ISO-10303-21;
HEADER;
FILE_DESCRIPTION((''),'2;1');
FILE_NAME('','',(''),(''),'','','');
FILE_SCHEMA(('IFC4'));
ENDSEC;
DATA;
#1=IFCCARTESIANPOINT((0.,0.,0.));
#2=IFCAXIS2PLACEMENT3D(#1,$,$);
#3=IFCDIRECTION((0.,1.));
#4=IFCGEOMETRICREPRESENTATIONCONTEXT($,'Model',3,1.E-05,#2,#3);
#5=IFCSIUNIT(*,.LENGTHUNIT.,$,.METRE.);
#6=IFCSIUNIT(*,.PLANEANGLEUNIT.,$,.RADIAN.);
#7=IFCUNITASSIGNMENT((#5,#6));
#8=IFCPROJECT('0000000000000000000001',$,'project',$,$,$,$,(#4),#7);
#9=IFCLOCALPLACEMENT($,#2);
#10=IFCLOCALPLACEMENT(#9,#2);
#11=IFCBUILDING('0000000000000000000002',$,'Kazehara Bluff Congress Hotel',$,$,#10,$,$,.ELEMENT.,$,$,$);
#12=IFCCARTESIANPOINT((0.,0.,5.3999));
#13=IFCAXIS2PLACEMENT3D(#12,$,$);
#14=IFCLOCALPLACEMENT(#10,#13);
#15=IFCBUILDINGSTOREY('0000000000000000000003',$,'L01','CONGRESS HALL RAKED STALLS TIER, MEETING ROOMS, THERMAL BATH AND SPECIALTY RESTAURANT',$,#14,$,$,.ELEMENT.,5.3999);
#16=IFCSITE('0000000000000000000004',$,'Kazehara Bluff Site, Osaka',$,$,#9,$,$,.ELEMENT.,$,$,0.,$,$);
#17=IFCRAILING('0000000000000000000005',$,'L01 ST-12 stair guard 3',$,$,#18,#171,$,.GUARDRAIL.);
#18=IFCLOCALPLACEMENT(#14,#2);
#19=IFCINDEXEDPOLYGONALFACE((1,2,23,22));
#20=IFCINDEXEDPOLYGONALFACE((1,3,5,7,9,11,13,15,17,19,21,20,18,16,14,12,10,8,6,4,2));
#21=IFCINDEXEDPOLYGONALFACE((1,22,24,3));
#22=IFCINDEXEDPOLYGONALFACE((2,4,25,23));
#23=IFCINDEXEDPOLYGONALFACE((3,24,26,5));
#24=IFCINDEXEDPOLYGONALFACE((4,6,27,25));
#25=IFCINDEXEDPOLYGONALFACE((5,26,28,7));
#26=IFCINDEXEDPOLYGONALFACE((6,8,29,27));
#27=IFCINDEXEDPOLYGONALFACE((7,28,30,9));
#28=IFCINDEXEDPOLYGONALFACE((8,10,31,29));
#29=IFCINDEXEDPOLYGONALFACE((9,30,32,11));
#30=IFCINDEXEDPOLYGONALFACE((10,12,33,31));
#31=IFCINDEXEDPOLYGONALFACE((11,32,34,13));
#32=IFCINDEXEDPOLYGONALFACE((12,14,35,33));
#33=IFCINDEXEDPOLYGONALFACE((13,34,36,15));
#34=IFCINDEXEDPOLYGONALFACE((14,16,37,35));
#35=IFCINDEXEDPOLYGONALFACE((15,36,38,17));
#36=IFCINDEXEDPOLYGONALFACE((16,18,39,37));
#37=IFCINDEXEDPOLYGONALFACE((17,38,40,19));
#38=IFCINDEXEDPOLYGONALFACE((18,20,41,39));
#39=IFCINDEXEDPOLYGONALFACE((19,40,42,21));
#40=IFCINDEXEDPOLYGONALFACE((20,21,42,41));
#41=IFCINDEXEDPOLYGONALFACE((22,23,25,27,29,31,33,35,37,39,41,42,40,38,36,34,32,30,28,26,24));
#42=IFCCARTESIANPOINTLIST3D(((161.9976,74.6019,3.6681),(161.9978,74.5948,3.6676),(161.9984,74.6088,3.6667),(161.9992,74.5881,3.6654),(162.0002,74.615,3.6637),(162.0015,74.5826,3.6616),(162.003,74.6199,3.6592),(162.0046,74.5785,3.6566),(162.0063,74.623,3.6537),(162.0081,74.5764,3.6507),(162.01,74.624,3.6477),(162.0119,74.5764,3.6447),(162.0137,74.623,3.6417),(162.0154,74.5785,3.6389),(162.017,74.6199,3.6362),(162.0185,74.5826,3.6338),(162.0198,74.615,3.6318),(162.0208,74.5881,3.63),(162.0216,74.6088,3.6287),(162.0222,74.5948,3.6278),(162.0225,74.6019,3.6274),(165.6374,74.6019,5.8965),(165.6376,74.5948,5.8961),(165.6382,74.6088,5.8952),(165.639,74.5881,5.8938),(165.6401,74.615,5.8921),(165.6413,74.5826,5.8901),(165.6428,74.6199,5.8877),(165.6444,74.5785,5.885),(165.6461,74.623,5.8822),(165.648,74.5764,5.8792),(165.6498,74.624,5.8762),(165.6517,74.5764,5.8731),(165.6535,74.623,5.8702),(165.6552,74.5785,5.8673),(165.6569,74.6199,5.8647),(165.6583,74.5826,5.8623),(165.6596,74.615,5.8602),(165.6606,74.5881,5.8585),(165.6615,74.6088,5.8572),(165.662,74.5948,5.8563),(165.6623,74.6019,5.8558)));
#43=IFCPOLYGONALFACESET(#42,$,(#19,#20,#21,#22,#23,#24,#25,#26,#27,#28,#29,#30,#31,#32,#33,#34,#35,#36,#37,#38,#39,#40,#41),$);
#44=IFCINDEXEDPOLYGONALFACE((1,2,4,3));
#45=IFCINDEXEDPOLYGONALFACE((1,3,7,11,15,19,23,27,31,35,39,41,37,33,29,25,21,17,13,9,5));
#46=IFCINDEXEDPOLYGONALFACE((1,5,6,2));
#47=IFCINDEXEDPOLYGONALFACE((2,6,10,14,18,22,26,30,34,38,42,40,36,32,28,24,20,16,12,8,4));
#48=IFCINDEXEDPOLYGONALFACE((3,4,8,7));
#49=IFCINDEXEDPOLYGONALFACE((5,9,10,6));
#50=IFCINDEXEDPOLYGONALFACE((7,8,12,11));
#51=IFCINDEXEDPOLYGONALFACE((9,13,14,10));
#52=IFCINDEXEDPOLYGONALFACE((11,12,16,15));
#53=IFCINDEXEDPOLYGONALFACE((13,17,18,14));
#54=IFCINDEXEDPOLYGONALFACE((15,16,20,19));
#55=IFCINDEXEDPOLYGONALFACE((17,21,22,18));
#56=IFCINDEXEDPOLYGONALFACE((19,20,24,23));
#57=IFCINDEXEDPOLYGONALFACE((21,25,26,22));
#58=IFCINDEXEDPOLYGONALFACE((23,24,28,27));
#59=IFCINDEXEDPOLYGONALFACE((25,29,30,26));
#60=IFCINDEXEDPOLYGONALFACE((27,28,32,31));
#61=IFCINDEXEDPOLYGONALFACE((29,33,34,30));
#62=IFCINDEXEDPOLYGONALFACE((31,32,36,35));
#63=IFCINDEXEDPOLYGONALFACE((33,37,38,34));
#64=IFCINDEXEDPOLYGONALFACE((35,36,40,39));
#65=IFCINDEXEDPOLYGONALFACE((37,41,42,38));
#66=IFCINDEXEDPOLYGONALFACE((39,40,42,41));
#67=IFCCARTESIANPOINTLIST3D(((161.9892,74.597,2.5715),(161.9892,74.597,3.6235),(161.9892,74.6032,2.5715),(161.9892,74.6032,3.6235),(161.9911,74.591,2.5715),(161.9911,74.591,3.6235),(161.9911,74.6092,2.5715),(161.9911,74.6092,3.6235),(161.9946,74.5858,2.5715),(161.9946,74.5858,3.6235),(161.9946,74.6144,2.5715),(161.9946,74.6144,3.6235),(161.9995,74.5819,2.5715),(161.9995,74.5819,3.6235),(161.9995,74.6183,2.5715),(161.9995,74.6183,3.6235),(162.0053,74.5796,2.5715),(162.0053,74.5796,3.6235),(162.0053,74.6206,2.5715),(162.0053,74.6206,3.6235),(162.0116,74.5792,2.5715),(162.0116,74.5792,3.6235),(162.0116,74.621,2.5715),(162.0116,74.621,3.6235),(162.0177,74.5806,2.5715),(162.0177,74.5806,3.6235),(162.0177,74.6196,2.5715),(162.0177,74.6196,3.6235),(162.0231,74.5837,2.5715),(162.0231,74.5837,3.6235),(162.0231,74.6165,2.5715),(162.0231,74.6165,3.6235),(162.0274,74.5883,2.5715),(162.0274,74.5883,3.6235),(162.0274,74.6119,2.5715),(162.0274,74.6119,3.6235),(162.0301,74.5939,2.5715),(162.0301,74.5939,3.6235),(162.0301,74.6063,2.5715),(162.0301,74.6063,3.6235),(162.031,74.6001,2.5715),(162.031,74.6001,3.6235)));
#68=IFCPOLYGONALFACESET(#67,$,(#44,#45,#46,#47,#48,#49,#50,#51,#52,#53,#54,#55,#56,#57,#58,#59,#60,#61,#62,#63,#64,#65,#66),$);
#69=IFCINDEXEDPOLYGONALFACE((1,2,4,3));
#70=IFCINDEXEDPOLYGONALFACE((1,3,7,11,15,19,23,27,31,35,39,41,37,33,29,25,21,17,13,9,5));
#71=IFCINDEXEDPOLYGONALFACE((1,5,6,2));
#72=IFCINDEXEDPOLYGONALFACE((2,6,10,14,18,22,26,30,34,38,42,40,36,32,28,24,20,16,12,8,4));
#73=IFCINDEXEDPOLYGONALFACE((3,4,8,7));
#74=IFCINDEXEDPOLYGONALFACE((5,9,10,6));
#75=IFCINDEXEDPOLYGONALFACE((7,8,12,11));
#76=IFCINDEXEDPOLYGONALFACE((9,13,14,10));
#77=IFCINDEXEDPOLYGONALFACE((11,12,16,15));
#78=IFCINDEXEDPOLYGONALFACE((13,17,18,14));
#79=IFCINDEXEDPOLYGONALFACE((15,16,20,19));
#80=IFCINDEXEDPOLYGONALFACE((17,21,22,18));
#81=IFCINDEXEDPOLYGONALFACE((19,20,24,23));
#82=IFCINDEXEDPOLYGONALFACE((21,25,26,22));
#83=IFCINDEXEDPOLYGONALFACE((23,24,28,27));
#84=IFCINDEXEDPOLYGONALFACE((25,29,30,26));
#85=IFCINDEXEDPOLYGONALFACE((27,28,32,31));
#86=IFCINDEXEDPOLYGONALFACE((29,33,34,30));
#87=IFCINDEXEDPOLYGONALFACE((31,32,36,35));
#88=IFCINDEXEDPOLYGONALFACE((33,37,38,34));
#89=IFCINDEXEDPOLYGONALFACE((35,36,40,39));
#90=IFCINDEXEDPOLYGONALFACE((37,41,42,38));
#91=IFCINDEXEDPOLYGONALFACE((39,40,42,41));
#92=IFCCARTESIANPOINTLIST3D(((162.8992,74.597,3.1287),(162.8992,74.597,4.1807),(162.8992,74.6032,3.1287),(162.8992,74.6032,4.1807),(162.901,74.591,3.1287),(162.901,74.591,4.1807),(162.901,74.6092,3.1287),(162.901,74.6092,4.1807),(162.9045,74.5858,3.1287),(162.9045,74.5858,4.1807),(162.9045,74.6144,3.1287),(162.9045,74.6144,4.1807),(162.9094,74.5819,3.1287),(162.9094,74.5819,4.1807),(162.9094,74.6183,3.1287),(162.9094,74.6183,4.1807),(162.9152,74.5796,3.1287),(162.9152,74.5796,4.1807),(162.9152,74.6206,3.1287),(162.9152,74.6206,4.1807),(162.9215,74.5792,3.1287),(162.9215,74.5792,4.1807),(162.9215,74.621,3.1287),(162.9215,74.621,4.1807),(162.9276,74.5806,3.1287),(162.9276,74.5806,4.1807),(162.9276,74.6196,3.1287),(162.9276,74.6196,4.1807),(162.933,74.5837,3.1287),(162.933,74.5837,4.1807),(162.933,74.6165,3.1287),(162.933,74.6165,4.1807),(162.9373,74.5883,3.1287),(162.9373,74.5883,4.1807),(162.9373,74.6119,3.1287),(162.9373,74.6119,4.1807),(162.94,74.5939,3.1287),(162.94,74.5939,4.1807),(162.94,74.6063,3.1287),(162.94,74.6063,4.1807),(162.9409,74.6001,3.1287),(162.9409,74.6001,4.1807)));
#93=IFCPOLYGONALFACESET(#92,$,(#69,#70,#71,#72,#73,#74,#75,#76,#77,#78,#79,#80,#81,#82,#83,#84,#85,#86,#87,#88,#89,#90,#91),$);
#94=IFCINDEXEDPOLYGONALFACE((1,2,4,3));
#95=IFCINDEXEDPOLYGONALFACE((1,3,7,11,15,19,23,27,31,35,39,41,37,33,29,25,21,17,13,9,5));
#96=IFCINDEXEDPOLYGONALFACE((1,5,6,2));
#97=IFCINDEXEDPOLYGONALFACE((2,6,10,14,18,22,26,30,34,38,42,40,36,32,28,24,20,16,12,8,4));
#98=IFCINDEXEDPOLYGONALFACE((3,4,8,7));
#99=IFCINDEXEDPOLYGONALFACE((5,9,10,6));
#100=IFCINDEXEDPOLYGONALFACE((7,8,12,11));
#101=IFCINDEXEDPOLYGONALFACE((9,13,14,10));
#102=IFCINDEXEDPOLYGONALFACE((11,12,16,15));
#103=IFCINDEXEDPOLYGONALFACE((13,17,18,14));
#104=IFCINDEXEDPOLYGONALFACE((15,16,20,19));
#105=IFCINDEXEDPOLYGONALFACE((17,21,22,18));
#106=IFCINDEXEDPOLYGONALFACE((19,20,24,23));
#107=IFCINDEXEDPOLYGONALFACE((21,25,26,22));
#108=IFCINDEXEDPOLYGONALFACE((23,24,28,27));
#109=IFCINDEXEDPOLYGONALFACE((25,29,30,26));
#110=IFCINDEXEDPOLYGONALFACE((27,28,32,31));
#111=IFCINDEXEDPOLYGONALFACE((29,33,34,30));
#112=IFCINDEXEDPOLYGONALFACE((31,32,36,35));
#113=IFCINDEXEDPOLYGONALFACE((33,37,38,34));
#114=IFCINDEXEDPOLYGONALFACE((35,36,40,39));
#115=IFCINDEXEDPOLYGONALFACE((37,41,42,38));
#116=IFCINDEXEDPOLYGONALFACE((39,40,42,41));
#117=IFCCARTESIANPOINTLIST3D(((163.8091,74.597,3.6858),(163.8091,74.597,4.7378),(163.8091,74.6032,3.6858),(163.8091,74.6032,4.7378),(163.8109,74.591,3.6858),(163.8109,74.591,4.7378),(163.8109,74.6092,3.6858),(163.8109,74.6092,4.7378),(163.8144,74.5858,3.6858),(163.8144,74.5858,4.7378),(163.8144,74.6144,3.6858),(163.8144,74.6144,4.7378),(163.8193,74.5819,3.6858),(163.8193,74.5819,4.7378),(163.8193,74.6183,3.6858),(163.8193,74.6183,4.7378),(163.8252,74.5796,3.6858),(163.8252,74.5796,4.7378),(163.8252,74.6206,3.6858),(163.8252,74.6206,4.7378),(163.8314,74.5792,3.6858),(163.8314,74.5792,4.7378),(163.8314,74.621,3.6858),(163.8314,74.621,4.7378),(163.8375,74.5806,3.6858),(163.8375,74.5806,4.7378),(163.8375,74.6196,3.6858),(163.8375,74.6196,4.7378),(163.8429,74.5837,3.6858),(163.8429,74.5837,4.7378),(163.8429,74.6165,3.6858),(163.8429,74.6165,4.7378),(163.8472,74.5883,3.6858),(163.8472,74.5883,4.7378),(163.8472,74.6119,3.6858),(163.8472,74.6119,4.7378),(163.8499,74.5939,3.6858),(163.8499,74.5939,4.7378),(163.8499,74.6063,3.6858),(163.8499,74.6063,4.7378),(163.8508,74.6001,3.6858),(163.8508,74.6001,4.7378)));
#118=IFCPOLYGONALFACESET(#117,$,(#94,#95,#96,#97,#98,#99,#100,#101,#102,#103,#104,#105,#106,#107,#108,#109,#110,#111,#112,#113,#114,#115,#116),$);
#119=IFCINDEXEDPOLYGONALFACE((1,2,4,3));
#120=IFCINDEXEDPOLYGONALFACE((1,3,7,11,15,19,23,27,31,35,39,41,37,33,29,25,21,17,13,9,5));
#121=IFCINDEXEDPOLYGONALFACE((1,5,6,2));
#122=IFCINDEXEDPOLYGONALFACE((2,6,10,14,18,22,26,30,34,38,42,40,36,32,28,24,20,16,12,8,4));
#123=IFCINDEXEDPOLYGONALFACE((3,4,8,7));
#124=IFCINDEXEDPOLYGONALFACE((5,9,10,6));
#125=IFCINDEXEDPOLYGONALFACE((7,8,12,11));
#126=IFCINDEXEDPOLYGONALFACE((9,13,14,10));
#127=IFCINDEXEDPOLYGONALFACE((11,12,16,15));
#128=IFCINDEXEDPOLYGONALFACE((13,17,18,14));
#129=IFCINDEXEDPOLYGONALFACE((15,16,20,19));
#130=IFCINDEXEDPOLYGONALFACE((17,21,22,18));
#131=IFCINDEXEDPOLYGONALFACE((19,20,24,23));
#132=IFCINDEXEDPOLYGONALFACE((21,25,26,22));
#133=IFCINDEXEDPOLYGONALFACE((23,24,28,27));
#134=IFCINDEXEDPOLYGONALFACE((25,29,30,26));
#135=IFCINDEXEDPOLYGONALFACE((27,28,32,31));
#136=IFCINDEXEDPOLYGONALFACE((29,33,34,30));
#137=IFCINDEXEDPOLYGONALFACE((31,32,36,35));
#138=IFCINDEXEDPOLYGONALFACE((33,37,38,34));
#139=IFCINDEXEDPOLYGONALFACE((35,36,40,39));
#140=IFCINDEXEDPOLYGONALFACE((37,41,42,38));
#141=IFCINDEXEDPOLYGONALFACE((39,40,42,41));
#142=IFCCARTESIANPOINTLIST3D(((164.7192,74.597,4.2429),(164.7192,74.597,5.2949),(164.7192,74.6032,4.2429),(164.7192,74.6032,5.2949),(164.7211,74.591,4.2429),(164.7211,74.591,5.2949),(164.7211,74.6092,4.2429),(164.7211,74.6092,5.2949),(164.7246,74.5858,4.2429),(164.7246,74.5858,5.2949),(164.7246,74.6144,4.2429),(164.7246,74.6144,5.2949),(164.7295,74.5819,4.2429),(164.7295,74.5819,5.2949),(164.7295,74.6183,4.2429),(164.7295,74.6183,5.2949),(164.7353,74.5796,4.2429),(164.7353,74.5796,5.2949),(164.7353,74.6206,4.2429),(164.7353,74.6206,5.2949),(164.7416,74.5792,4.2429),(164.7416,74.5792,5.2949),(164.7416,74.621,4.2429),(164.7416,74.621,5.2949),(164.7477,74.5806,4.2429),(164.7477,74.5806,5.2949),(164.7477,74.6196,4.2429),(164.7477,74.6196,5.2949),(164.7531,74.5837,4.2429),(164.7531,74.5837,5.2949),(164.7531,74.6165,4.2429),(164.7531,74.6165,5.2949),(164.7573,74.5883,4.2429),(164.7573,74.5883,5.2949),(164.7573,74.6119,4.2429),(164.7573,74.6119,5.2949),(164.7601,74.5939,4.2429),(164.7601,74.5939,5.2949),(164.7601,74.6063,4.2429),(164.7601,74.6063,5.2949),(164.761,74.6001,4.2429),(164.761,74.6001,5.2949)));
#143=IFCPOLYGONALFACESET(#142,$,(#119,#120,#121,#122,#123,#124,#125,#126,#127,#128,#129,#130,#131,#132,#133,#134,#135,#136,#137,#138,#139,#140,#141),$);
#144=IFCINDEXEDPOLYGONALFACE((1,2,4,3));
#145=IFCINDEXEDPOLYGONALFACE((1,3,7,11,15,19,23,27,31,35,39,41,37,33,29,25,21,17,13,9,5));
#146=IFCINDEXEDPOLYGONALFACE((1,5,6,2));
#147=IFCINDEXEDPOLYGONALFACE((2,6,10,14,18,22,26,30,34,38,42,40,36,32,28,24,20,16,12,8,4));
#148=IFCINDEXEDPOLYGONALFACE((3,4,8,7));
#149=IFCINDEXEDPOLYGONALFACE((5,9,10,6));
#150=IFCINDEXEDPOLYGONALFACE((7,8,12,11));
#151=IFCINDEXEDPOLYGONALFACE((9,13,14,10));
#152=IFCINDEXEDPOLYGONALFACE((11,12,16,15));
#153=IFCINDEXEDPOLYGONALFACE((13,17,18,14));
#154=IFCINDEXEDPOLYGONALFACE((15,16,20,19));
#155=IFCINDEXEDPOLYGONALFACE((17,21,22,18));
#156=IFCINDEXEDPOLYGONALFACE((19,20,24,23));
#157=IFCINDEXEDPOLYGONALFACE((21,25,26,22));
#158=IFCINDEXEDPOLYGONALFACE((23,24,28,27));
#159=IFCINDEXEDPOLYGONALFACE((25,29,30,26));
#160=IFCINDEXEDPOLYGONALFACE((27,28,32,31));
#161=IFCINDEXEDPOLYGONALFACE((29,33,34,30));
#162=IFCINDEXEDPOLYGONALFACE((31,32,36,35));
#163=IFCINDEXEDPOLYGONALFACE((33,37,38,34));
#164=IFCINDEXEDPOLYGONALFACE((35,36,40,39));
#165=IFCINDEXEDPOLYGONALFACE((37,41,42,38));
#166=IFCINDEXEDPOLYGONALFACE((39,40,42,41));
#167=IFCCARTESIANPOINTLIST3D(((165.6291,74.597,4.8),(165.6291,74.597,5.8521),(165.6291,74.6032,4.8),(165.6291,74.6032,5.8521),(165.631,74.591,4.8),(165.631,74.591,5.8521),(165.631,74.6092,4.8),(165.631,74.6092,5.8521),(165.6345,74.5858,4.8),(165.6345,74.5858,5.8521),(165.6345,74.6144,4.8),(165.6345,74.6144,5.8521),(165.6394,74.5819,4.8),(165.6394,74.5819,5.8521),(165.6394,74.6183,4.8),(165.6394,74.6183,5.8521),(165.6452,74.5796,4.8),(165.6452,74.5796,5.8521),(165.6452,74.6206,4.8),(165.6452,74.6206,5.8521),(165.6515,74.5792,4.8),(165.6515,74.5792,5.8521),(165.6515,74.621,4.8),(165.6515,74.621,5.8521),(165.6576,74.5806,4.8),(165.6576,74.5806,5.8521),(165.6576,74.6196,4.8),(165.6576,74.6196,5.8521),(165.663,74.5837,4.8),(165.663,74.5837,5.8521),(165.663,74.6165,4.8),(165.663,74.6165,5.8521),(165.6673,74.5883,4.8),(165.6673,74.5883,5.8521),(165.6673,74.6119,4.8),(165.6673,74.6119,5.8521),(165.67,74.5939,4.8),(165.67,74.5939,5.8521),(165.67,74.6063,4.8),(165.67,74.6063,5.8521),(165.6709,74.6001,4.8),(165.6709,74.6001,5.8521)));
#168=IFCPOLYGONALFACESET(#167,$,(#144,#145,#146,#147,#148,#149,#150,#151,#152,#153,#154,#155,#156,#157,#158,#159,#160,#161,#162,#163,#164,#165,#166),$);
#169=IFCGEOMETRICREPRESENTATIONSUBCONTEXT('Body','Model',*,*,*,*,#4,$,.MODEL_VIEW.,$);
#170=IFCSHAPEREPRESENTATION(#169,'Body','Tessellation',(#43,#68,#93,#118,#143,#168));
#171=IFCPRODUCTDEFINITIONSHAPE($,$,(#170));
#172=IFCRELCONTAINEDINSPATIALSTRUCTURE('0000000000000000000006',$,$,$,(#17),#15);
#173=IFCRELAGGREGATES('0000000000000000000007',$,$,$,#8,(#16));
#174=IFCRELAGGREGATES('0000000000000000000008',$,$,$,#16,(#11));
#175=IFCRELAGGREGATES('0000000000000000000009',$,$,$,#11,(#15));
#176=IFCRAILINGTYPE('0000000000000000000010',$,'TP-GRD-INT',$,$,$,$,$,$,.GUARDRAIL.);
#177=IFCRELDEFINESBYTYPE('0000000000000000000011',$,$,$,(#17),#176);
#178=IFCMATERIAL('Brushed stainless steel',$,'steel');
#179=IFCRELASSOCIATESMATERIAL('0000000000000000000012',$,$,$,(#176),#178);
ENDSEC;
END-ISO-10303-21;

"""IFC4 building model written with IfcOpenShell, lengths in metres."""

from ifc_helpers import new_model, si_unit, direction, frame, origin, origin_2d, place, context, subcontext, project, spatial, circle, extrude, material, type_object, element, save


model = new_model("IFC4")

# Units and contexts
model_context = context("Model", 3, precision=1e-05, world=origin(), true_north=direction((0.0, 1.0)))
body_context = subcontext(model_context, "Body", "Model", "MODEL_VIEW")
ifc_project = project(units=[si_unit("LENGTHUNIT", "METRE"), si_unit("PLANEANGLEUNIT", "RADIAN")], contexts=[model_context])

# Site, building, storey
site_placement = place(None, origin())
site = spatial("IfcSite", under=ifc_project, at=site_placement, Name="Kazehara Bluff Site, Osaka", CompositionType="ELEMENT", RefElevation=0.0)
building_placement = place(site_placement, origin())
building = spatial("IfcBuilding", under=site, at=building_placement, Name="Kazehara Bluff Congress Hotel", CompositionType="ELEMENT")
storey_placement = place(building_placement, frame((0.0, 0.0, 5.3999)))
storey = spatial("IfcBuildingStorey", under=building, at=storey_placement, Name="L01", Description="CONGRESS HALL RAKED STALLS TIER, MEETING ROOMS, THERMAL BATH AND SPECIALTY RESTAURANT", CompositionType="ELEMENT", Elevation=5.3999)

# Railing
ifc_material_1 = material(Name="Brushed stainless steel", Category="steel")
railing_type_1 = type_object("IfcRailingType", Name="TP-GRD-INT", PredefinedType="GUARDRAIL", material=ifc_material_1)
railing_1_placement = place(storey_placement, frame((162.01, 74.6001, 2.5715)))
element("IfcRailing", 1, at=railing_1_placement, inside=storey, type_object=railing_type_1, Name="L01 ST-12 stair guard 3", PredefinedType="GUARDRAIL", context=body_context, shape_type="SweptSolid", body=[
    extrude(circle(Radius=0.0239, at=origin_2d()), frame((0.0, 0.0, 1.0762), z_axis=(0.85285, 0.0, 0.522156), x_axis=(0.0, 1.0, 0.0)), (0.0, 0.0, 1.0), 4.2678),
    extrude(circle(Radius=0.021, at=origin_2d()), origin(), (0.0, 0.0, 1.0), 1.052),
    extrude(circle(Radius=0.021, at=origin_2d()), frame((0.9099, 0.0, 0.5571)), (0.0, 0.0, 1.0), 1.052),
    extrude(circle(Radius=0.021, at=origin_2d()), frame((1.8198, 0.0, 1.1143)), (0.0, 0.0, 1.0), 1.052),
    extrude(circle(Radius=0.021, at=origin_2d()), frame((2.73, 0.0, 1.6714)), (0.0, 0.0, 1.0), 1.052),
    extrude(circle(Radius=0.021, at=origin_2d()), frame((3.6399, 0.0, 2.2285)), (0.0, 0.0, 1.0), 1.052),
])

save(model, "model.ifc")
